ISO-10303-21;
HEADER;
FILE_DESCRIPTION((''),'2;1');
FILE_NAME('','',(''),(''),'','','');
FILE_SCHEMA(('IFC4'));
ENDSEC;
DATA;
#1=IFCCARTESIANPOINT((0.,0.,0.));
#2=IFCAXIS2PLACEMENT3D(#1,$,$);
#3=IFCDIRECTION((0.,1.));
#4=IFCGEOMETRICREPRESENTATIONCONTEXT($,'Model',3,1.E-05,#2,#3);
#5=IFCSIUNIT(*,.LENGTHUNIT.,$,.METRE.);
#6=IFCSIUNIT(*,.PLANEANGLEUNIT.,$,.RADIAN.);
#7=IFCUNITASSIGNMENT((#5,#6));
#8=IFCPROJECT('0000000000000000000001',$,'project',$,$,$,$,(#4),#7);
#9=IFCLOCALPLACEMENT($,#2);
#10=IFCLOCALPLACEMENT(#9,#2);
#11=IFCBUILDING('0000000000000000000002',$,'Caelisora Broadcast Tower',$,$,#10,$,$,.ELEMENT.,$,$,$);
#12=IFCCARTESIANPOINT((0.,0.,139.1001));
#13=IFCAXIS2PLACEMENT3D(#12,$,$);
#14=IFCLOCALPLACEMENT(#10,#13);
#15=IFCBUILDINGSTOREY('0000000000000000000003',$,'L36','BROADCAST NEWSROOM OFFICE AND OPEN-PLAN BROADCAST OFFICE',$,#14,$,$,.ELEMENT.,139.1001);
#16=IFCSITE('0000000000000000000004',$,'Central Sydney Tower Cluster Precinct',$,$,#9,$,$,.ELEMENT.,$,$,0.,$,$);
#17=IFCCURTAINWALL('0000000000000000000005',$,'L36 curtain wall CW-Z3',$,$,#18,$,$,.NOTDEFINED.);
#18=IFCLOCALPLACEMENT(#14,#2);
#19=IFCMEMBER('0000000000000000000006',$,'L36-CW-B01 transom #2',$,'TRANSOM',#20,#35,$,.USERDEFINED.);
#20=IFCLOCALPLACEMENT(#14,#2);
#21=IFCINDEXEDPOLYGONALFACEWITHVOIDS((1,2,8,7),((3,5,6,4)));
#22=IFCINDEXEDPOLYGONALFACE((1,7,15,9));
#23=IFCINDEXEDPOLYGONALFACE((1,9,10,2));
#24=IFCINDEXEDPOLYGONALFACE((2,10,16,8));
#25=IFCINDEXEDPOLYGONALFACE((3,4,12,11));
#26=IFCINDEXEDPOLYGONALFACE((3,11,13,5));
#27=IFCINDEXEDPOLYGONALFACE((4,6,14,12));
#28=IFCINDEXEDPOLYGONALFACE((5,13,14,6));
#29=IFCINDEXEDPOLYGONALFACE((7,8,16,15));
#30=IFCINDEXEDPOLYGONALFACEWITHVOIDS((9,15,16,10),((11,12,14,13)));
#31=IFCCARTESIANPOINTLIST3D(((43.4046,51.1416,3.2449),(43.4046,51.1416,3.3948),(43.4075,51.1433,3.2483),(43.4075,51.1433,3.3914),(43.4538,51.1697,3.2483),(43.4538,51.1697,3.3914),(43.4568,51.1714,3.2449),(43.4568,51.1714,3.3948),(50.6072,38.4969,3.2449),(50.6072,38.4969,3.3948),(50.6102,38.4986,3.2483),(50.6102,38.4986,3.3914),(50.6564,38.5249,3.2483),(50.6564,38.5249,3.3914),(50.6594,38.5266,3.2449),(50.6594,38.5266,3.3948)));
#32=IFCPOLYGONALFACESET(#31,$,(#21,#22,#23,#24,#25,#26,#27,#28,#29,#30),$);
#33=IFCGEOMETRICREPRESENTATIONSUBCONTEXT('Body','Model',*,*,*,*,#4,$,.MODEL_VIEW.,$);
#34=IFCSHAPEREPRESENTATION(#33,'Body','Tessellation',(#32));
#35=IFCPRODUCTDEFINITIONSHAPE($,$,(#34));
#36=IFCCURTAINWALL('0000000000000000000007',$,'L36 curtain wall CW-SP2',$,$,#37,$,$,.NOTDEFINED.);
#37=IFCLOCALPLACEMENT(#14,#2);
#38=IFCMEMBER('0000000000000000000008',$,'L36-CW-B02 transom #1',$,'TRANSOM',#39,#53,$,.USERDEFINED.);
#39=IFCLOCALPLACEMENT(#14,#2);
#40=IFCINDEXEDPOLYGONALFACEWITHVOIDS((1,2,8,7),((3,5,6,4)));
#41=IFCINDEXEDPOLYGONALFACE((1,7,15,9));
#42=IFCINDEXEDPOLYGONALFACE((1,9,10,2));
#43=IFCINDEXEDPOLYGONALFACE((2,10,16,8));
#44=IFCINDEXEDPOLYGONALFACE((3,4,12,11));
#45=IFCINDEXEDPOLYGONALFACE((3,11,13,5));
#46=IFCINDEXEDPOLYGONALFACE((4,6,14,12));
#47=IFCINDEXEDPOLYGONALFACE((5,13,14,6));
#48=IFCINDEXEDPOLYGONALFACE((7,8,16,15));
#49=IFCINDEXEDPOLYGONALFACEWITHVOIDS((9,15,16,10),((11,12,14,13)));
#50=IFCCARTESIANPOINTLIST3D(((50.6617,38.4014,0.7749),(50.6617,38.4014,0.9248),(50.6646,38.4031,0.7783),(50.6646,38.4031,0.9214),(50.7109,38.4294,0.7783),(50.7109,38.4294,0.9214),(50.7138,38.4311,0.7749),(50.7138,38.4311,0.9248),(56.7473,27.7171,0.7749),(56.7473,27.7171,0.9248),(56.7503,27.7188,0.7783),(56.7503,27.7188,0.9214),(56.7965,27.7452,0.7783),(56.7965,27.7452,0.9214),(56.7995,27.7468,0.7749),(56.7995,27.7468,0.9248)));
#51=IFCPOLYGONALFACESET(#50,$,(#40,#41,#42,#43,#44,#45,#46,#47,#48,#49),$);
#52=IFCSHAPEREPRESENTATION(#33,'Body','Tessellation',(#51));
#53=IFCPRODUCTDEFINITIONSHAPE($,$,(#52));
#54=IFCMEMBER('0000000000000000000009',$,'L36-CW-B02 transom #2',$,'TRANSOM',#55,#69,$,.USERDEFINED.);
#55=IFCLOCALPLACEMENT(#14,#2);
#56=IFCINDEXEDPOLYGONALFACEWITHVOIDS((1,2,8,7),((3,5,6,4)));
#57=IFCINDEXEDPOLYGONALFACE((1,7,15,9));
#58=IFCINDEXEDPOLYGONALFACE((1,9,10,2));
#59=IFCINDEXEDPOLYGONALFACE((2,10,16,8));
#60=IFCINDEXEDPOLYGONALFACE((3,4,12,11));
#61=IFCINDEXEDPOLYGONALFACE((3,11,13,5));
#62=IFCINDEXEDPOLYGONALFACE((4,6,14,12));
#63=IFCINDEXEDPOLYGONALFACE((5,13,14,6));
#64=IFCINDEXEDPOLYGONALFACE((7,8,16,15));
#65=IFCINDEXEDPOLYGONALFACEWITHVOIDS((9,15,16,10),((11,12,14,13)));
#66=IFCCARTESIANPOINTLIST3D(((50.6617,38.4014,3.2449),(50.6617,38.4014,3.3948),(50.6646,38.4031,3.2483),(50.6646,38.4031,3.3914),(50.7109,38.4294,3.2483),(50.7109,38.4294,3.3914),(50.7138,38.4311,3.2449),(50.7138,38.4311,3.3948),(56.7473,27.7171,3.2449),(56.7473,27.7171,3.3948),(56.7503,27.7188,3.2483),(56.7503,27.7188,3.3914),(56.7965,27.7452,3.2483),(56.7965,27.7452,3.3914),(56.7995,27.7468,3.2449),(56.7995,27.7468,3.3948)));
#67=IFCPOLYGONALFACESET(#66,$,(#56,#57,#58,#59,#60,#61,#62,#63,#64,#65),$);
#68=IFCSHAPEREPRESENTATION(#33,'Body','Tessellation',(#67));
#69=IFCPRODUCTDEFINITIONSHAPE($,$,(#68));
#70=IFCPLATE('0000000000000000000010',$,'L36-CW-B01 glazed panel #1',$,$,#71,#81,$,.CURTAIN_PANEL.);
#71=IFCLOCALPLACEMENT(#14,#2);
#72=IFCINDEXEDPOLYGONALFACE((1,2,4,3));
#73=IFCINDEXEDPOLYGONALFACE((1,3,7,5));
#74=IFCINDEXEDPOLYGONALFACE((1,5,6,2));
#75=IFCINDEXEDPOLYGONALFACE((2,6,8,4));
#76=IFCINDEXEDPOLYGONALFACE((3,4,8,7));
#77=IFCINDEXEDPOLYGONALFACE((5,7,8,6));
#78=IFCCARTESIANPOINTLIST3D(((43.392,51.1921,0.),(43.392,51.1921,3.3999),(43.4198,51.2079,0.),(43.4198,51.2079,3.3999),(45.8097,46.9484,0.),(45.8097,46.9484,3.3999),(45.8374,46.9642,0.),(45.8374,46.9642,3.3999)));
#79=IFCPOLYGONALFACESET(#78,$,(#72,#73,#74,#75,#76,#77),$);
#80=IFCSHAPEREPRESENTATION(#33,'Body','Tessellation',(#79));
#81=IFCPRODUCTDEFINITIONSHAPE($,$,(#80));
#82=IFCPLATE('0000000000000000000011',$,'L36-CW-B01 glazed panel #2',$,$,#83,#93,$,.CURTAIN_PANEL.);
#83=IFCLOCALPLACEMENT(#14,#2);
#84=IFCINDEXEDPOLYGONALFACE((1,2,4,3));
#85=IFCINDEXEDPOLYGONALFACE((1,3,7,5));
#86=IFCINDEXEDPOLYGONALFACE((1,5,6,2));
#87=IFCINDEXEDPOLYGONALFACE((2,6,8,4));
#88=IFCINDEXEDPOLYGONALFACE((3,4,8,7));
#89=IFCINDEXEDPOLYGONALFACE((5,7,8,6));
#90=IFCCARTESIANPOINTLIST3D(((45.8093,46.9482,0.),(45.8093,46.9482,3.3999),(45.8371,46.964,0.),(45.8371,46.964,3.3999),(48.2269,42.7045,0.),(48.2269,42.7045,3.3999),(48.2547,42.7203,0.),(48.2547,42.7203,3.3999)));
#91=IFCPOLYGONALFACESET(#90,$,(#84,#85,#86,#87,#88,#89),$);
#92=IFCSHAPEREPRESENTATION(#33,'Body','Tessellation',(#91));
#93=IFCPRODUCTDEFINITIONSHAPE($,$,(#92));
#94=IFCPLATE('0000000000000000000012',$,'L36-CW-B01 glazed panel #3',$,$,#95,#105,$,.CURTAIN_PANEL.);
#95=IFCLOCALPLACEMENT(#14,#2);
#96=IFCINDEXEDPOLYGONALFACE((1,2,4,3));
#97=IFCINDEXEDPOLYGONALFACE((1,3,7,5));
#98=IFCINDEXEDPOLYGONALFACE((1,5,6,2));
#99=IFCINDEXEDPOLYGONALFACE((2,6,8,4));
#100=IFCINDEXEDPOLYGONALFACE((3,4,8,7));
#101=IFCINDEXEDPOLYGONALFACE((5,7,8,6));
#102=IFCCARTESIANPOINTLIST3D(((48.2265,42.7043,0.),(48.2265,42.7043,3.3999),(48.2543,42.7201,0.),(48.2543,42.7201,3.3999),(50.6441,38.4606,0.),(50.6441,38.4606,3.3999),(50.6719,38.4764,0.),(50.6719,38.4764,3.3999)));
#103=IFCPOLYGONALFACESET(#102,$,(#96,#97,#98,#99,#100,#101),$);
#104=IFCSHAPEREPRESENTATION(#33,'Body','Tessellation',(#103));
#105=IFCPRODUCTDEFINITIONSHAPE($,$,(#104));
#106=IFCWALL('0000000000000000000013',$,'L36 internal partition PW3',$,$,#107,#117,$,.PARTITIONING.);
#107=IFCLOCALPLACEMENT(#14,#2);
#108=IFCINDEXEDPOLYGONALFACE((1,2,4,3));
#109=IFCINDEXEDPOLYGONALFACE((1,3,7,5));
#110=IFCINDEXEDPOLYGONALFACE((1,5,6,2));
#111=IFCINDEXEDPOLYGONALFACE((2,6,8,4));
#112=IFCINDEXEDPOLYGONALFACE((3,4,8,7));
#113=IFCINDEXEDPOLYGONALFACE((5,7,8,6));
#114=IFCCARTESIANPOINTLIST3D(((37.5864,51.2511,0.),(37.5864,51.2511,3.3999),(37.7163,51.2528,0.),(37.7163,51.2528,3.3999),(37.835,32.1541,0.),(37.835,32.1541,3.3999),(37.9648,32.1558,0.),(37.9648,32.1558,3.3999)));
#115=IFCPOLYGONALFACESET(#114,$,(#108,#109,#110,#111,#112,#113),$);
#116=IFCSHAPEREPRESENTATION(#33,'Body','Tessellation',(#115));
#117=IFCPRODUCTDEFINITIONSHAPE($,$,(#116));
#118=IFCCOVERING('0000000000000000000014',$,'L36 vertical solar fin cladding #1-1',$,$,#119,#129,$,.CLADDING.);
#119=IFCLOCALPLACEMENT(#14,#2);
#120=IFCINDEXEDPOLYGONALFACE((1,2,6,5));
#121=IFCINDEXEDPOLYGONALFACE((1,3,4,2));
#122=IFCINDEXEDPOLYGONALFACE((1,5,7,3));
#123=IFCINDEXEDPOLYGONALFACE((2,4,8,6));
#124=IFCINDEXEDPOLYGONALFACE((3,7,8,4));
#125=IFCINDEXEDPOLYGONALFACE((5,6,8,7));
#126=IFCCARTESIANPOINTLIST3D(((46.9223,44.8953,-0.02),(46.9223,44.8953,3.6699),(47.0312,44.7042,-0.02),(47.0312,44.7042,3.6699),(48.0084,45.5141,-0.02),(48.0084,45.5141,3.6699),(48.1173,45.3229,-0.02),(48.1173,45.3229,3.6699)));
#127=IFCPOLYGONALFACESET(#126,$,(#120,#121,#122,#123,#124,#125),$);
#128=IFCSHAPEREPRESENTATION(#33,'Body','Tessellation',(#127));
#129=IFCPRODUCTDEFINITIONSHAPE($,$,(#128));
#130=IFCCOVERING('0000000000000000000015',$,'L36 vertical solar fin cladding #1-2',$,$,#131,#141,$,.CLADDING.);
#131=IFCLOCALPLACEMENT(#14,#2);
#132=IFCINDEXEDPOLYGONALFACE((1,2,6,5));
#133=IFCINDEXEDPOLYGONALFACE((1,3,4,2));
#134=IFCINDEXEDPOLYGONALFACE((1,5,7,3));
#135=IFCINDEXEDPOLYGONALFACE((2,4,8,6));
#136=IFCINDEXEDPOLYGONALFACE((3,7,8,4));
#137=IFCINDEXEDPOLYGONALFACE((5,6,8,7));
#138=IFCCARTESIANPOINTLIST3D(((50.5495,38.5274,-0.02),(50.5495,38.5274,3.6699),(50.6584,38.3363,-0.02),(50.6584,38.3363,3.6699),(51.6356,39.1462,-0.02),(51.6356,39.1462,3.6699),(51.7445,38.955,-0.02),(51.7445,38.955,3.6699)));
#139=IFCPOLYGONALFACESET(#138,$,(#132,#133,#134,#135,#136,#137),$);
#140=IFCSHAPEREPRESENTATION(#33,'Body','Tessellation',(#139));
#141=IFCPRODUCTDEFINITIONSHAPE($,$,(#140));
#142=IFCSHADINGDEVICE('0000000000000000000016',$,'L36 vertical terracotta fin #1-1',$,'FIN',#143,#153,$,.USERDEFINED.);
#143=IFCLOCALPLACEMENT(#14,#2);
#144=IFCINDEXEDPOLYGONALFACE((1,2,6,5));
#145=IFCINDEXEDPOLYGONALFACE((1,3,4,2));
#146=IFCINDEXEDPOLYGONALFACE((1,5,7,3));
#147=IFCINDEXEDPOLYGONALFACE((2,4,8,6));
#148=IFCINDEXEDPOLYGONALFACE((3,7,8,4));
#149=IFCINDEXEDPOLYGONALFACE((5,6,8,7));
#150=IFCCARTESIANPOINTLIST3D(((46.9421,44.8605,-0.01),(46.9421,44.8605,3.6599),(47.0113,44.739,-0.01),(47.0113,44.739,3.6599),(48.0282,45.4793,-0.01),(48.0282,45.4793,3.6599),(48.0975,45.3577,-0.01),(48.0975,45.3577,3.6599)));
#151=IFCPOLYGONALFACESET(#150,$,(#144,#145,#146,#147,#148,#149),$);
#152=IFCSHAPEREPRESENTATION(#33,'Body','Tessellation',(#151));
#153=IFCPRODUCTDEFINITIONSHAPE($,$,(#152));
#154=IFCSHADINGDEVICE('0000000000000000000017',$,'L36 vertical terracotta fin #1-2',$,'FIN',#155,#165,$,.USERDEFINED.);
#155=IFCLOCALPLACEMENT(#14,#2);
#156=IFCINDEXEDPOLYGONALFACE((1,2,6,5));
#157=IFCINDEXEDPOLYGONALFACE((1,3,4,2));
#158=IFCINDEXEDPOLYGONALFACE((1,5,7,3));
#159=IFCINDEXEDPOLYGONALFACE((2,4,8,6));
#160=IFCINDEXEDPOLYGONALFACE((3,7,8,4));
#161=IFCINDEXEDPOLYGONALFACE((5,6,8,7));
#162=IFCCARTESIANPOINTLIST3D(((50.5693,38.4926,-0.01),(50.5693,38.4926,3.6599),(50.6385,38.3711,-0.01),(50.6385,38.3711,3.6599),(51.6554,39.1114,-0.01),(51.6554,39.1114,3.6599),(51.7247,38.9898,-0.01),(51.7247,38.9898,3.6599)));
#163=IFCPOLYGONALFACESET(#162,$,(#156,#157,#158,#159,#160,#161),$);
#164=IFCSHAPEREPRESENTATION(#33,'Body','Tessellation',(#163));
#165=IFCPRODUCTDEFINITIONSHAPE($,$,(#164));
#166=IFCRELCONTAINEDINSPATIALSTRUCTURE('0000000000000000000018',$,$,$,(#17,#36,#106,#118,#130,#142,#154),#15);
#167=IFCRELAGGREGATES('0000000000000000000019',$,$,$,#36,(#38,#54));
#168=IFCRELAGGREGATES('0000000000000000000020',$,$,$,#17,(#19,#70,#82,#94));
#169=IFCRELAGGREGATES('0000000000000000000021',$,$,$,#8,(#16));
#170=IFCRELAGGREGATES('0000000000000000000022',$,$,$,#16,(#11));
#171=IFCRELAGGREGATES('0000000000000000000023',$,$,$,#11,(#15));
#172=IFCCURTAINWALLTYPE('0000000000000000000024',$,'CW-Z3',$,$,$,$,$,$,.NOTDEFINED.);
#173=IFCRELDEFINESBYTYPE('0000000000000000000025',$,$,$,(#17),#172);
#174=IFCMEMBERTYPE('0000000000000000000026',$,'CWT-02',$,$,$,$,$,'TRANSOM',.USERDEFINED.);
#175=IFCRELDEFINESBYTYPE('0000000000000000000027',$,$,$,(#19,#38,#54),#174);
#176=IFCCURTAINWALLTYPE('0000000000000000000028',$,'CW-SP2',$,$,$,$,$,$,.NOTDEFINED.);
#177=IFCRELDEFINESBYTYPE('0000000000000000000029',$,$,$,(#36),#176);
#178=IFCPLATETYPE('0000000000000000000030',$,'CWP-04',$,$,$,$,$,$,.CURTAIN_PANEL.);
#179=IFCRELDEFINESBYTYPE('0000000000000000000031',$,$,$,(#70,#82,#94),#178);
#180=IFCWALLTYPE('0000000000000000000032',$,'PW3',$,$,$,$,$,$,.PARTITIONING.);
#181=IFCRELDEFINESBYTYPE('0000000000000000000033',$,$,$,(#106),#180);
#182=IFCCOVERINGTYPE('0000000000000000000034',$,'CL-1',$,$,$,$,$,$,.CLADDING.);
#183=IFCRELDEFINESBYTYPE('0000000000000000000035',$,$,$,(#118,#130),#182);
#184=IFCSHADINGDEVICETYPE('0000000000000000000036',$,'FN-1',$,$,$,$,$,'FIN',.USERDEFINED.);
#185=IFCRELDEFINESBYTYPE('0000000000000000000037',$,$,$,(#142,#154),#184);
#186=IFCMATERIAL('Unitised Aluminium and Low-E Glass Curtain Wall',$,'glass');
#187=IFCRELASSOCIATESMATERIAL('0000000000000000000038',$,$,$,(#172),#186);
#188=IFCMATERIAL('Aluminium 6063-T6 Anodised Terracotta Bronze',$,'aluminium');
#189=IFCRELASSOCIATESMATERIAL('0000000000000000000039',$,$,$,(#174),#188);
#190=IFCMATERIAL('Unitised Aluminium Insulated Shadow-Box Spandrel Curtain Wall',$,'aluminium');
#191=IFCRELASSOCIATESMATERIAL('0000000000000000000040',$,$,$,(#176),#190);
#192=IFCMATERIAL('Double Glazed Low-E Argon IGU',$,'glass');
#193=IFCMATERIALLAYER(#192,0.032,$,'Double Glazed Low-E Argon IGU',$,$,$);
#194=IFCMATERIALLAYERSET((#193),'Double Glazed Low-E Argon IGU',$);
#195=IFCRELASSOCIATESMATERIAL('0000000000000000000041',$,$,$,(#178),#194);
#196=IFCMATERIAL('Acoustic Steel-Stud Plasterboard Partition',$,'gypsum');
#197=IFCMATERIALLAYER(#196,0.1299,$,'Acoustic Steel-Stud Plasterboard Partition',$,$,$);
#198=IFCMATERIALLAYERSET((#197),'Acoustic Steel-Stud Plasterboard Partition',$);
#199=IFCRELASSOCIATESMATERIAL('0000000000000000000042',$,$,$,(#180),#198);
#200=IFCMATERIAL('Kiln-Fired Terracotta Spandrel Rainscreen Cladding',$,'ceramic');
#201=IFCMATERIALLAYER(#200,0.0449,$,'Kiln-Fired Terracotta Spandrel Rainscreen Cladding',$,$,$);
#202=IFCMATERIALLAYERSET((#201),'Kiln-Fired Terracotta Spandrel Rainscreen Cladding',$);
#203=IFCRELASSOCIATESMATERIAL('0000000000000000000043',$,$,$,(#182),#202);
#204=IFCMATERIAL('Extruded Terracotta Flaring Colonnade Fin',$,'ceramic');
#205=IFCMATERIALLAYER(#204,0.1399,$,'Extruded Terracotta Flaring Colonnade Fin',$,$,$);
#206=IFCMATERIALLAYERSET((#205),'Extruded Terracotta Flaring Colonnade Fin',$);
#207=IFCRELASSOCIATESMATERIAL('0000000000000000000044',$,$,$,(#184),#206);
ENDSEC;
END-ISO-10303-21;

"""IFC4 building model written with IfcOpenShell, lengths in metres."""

from ifc_helpers import new_model, si_unit, direction, frame, frame_2d, origin, origin_2d, place, context, subcontext, project, spatial, rectangle, hollow_rectangle, extrude, source, transform, mapped, material, layer, layer_set, material_profile, profile_set, type_object, type_shapes, element, aggregate, save


model = new_model("IFC4")

# Units and contexts
model_context = context("Model", 3, precision=1e-05, world=origin(), true_north=direction((0.0, 1.0)))
body_context = subcontext(model_context, "Body", "Model", "MODEL_VIEW")
ifc_project = project(units=[si_unit("LENGTHUNIT", "METRE"), si_unit("PLANEANGLEUNIT", "RADIAN")], contexts=[model_context])

# Site, building, storey
site_placement = place(None, origin())
site = spatial("IfcSite", under=ifc_project, at=site_placement, Name="Central Sydney Tower Cluster Precinct", CompositionType="ELEMENT", RefElevation=0.0)
building_placement = place(site_placement, origin())
building = spatial("IfcBuilding", under=site, at=building_placement, Name="Caelisora Broadcast Tower", CompositionType="ELEMENT")
storey_placement = place(building_placement, frame((0.0, 0.0, 139.1001)))
storey = spatial("IfcBuildingStorey", under=building, at=storey_placement, Name="L36", Description="BROADCAST NEWSROOM OFFICE AND OPEN-PLAN BROADCAST OFFICE", CompositionType="ELEMENT", Elevation=139.1001)

# Curtain walls, members
ifc_material_1 = material(Name="Unitised Aluminium and Low-E Glass Curtain Wall", Category="glass")
curtain_wall_type_1 = type_object("IfcCurtainWallType", Name="CW-Z3", PredefinedType="NOTDEFINED", material=ifc_material_1)
curtain_wall_1_placement = place(storey_placement, origin())
curtain_wall_1 = element("IfcCurtainWall", 1, at=curtain_wall_1_placement, inside=storey, type_object=curtain_wall_type_1, Name="L36 curtain wall CW-Z3", PredefinedType="NOTDEFINED")
ifc_material_2 = material(Name="Aluminium 6063-T6 Anodised Terracotta Bronze", Category="aluminium")
ifc_material_profile_1 = material_profile(ifc_material_2, hollow_rectangle(XDim=0.0601, YDim=0.1499, WallThickness=0.0034, at=origin_2d()), Name="Aluminium 6063-T6 Anodised Terracotta Bronze")
ifc_profile_set_1 = profile_set([ifc_material_profile_1], Name="Aluminium 6063-T6 Anodised Terracotta Bronze")
member_type_1 = type_object("IfcMemberType", Name="CWT-02", ElementType="TRANSOM", PredefinedType="USERDEFINED", material=ifc_profile_set_1)
shared_shape_1 = source(origin(), body_context, "Body", "SweptSolid", [
    extrude(hollow_rectangle(XDim=0.0601, YDim=0.1499, WallThickness=0.0034, at=origin_2d()), origin(), (0.0, 0.0, 1.0), 14.5522),
])
member_1_placement = place(storey_placement, frame((43.4307, 51.1565, 3.3198), z_axis=(0.49495, -0.868922, 0.0), x_axis=(0.868922, 0.49495, 0.0)))
member_1 = element("IfcMember", 2, at=member_1_placement, type_object=member_type_1, Name="L36-CW-B01 transom #2", ObjectType="TRANSOM", PredefinedType="USERDEFINED", context=body_context, shape_type="MappedRepresentation", body=[
    mapped(shared_shape_1, transform((0.0, 0.0, 0.0), scale=1.0)),
])
ifc_material_3 = material(Name="Unitised Aluminium Insulated Shadow-Box Spandrel Curtain Wall", Category="aluminium")
curtain_wall_type_2 = type_object("IfcCurtainWallType", Name="CW-SP2", PredefinedType="NOTDEFINED", material=ifc_material_3)
curtain_wall_2_placement = place(storey_placement, origin())
curtain_wall_2 = element("IfcCurtainWall", 3, at=curtain_wall_2_placement, inside=storey, type_object=curtain_wall_type_2, Name="L36 curtain wall CW-SP2", PredefinedType="NOTDEFINED")
shared_shape_2 = source(origin(), body_context, "Body", "SweptSolid", [
    extrude(hollow_rectangle(XDim=0.0601, YDim=0.1499, WallThickness=0.0034, at=origin_2d()), origin(), (0.0, 0.0, 1.0), 12.2959),
])
type_shapes(member_type_1, [shared_shape_1, shared_shape_2])
member_2_placement = place(storey_placement, frame((50.6877, 38.4163, 0.8499), z_axis=(0.494935, -0.86893, 0.0), x_axis=(0.86893, 0.494935, 0.0)))
member_2 = element("IfcMember", 4, at=member_2_placement, type_object=member_type_1, Name="L36-CW-B02 transom #1", ObjectType="TRANSOM", PredefinedType="USERDEFINED", context=body_context, shape_type="MappedRepresentation", body=[
    mapped(shared_shape_2, transform((0.0, 0.0, 0.0), scale=1.0)),
])
member_3_placement = place(storey_placement, frame((50.6877, 38.4163, 3.3198), z_axis=(0.494935, -0.86893, 0.0), x_axis=(0.86893, 0.494935, 0.0)))
member_3 = element("IfcMember", 5, at=member_3_placement, type_object=member_type_1, Name="L36-CW-B02 transom #2", ObjectType="TRANSOM", PredefinedType="USERDEFINED", context=body_context, shape_type="MappedRepresentation", body=[
    mapped(shared_shape_2, transform((0.0, 0.0, 0.0), scale=1.0)),
])
aggregate(curtain_wall_2, [member_2, member_3])

# Plates
ifc_material_4 = material(Name="Double Glazed Low-E Argon IGU", Category="glass")
ifc_layer_1 = layer(ifc_material_4, 0.032, Name="Double Glazed Low-E Argon IGU")
ifc_layer_set_1 = layer_set([ifc_layer_1], Name="Double Glazed Low-E Argon IGU")
plate_type = type_object("IfcPlateType", Name="CWP-04", PredefinedType="CURTAIN_PANEL", material=ifc_layer_set_1)
shared_shape_3 = source(origin(), body_context, "Body", "SweptSolid", [
    extrude(rectangle(XDim=4.884, YDim=0.032, at=origin_2d()), origin(), (0.0, 0.0, 1.0), 3.3999),
])
type_shapes(plate_type, [shared_shape_3])
plate_1_placement = place(storey_placement, frame((44.6147, 49.0781, 0.0), z_axis=(0.0, 0.0, 1.0), x_axis=(0.495004, -0.868891, 0.0)))
plate_1 = element("IfcPlate", 6, at=plate_1_placement, type_object=plate_type, Name="L36-CW-B01 glazed panel #1", PredefinedType="CURTAIN_PANEL", context=body_context, shape_type="MappedRepresentation", body=[
    mapped(shared_shape_3, transform((0.0, 0.0, 0.0), scale=1.0)),
])
plate_2_placement = place(storey_placement, frame((47.032, 44.8342, 0.0), z_axis=(0.0, 0.0, 1.0), x_axis=(0.495004, -0.868891, 0.0)))
plate_2 = element("IfcPlate", 7, at=plate_2_placement, type_object=plate_type, Name="L36-CW-B01 glazed panel #2", PredefinedType="CURTAIN_PANEL", context=body_context, shape_type="MappedRepresentation", body=[
    mapped(shared_shape_3, transform((0.0, 0.0, 0.0), scale=1.0)),
])
plate_3_placement = place(storey_placement, frame((49.4492, 40.5903, 0.0), z_axis=(0.0, 0.0, 1.0), x_axis=(0.495004, -0.868891, 0.0)))
plate_3 = element("IfcPlate", 8, at=plate_3_placement, type_object=plate_type, Name="L36-CW-B01 glazed panel #3", PredefinedType="CURTAIN_PANEL", context=body_context, shape_type="MappedRepresentation", body=[
    mapped(shared_shape_3, transform((0.0, 0.0, 0.0), scale=1.0)),
])
aggregate(curtain_wall_1, [member_1, plate_1, plate_2, plate_3])

# Wall
ifc_material_5 = material(Name="Acoustic Steel-Stud Plasterboard Partition", Category="gypsum")
ifc_layer_2 = layer(ifc_material_5, 0.1299, Name="Acoustic Steel-Stud Plasterboard Partition")
ifc_layer_set_2 = layer_set([ifc_layer_2], Name="Acoustic Steel-Stud Plasterboard Partition")
wall_type = type_object("IfcWallType", Name="PW3", PredefinedType="PARTITIONING", material=ifc_layer_set_2)
wall_placement = place(storey_placement, frame((37.6514, 51.252, 0.0), z_axis=(0.0, 0.0, 1.0), x_axis=(0.013013, -0.999915, 0.0)))
element("IfcWall", 9, at=wall_placement, inside=storey, type_object=wall_type, Name="L36 internal partition PW3", PredefinedType="PARTITIONING", context=body_context, shape_type="SweptSolid", body=[
    extrude(rectangle(XDim=19.0986, YDim=0.1299, at=frame_2d((9.5493, 0.0))), origin(), (0.0, 0.0, 1.0), 3.3999),
])

# Coverings
ifc_material_6 = material(Name="Kiln-Fired Terracotta Spandrel Rainscreen Cladding", Category="ceramic")
ifc_layer_3 = layer(ifc_material_6, 0.0449, Name="Kiln-Fired Terracotta Spandrel Rainscreen Cladding")
ifc_layer_set_3 = layer_set([ifc_layer_3], Name="Kiln-Fired Terracotta Spandrel Rainscreen Cladding")
covering_type = type_object("IfcCoveringType", Name="CL-1", PredefinedType="CLADDING", material=ifc_layer_set_3)
shared_shape_4 = source(origin(), body_context, "Body", "SweptSolid", [
    extrude(rectangle(XDim=0.22, YDim=1.25, at=origin_2d()), origin(), (0.0, 0.0, 1.0), 3.6899),
])
type_shapes(covering_type, [shared_shape_4])
for number, where, z_axis, x_axis, name in (
    (10, (47.5198, 45.1091, -0.02), (0.0, 0.0, 1.0), (0.495004, -0.868891, 0.0), "L36 vertical solar fin cladding #1-1"),
    (11, (51.147, 38.7412, -0.02), (0.0, 0.0, 1.0), (0.495004, -0.868891, 0.0), "L36 vertical solar fin cladding #1-2"),
):
    element("IfcCovering", number, at=place(storey_placement, frame(where, z_axis=z_axis, x_axis=x_axis)), inside=storey, type_object=covering_type, Name=name, PredefinedType="CLADDING", context=body_context, shape_type="MappedRepresentation", body=[
        mapped(shared_shape_4, transform((0.0, 0.0, 0.0), scale=1.0)),
    ])

# Shading devices
ifc_material_7 = material(Name="Extruded Terracotta Flaring Colonnade Fin", Category="ceramic")
ifc_layer_4 = layer(ifc_material_7, 0.1399, Name="Extruded Terracotta Flaring Colonnade Fin")
ifc_layer_set_4 = layer_set([ifc_layer_4], Name="Extruded Terracotta Flaring Colonnade Fin")
shading_device_type = type_object("IfcShadingDeviceType", Name="FN-1", ElementType="FIN", PredefinedType="USERDEFINED", material=ifc_layer_set_4)
shared_shape_5 = source(origin(), body_context, "Body", "SweptSolid", [
    extrude(rectangle(XDim=0.1399, YDim=1.25, at=origin_2d()), origin(), (0.0, 0.0, 1.0), 3.6699),
])
type_shapes(shading_device_type, [shared_shape_5])
for number, where, z_axis, x_axis, name in (
    (12, (47.5198, 45.1091, -0.01), (0.0, 0.0, 1.0), (0.495004, -0.868891, 0.0), "L36 vertical terracotta fin #1-1"),
    (13, (51.147, 38.7412, -0.01), (0.0, 0.0, 1.0), (0.495004, -0.868891, 0.0), "L36 vertical terracotta fin #1-2"),
):
    element("IfcShadingDevice", number, at=place(storey_placement, frame(where, z_axis=z_axis, x_axis=x_axis)), inside=storey, type_object=shading_device_type, Name=name, ObjectType="FIN", PredefinedType="USERDEFINED", context=body_context, shape_type="MappedRepresentation", body=[
        mapped(shared_shape_5, transform((0.0, 0.0, 0.0), scale=1.0)),
    ])

save(model, "model.ifc")
